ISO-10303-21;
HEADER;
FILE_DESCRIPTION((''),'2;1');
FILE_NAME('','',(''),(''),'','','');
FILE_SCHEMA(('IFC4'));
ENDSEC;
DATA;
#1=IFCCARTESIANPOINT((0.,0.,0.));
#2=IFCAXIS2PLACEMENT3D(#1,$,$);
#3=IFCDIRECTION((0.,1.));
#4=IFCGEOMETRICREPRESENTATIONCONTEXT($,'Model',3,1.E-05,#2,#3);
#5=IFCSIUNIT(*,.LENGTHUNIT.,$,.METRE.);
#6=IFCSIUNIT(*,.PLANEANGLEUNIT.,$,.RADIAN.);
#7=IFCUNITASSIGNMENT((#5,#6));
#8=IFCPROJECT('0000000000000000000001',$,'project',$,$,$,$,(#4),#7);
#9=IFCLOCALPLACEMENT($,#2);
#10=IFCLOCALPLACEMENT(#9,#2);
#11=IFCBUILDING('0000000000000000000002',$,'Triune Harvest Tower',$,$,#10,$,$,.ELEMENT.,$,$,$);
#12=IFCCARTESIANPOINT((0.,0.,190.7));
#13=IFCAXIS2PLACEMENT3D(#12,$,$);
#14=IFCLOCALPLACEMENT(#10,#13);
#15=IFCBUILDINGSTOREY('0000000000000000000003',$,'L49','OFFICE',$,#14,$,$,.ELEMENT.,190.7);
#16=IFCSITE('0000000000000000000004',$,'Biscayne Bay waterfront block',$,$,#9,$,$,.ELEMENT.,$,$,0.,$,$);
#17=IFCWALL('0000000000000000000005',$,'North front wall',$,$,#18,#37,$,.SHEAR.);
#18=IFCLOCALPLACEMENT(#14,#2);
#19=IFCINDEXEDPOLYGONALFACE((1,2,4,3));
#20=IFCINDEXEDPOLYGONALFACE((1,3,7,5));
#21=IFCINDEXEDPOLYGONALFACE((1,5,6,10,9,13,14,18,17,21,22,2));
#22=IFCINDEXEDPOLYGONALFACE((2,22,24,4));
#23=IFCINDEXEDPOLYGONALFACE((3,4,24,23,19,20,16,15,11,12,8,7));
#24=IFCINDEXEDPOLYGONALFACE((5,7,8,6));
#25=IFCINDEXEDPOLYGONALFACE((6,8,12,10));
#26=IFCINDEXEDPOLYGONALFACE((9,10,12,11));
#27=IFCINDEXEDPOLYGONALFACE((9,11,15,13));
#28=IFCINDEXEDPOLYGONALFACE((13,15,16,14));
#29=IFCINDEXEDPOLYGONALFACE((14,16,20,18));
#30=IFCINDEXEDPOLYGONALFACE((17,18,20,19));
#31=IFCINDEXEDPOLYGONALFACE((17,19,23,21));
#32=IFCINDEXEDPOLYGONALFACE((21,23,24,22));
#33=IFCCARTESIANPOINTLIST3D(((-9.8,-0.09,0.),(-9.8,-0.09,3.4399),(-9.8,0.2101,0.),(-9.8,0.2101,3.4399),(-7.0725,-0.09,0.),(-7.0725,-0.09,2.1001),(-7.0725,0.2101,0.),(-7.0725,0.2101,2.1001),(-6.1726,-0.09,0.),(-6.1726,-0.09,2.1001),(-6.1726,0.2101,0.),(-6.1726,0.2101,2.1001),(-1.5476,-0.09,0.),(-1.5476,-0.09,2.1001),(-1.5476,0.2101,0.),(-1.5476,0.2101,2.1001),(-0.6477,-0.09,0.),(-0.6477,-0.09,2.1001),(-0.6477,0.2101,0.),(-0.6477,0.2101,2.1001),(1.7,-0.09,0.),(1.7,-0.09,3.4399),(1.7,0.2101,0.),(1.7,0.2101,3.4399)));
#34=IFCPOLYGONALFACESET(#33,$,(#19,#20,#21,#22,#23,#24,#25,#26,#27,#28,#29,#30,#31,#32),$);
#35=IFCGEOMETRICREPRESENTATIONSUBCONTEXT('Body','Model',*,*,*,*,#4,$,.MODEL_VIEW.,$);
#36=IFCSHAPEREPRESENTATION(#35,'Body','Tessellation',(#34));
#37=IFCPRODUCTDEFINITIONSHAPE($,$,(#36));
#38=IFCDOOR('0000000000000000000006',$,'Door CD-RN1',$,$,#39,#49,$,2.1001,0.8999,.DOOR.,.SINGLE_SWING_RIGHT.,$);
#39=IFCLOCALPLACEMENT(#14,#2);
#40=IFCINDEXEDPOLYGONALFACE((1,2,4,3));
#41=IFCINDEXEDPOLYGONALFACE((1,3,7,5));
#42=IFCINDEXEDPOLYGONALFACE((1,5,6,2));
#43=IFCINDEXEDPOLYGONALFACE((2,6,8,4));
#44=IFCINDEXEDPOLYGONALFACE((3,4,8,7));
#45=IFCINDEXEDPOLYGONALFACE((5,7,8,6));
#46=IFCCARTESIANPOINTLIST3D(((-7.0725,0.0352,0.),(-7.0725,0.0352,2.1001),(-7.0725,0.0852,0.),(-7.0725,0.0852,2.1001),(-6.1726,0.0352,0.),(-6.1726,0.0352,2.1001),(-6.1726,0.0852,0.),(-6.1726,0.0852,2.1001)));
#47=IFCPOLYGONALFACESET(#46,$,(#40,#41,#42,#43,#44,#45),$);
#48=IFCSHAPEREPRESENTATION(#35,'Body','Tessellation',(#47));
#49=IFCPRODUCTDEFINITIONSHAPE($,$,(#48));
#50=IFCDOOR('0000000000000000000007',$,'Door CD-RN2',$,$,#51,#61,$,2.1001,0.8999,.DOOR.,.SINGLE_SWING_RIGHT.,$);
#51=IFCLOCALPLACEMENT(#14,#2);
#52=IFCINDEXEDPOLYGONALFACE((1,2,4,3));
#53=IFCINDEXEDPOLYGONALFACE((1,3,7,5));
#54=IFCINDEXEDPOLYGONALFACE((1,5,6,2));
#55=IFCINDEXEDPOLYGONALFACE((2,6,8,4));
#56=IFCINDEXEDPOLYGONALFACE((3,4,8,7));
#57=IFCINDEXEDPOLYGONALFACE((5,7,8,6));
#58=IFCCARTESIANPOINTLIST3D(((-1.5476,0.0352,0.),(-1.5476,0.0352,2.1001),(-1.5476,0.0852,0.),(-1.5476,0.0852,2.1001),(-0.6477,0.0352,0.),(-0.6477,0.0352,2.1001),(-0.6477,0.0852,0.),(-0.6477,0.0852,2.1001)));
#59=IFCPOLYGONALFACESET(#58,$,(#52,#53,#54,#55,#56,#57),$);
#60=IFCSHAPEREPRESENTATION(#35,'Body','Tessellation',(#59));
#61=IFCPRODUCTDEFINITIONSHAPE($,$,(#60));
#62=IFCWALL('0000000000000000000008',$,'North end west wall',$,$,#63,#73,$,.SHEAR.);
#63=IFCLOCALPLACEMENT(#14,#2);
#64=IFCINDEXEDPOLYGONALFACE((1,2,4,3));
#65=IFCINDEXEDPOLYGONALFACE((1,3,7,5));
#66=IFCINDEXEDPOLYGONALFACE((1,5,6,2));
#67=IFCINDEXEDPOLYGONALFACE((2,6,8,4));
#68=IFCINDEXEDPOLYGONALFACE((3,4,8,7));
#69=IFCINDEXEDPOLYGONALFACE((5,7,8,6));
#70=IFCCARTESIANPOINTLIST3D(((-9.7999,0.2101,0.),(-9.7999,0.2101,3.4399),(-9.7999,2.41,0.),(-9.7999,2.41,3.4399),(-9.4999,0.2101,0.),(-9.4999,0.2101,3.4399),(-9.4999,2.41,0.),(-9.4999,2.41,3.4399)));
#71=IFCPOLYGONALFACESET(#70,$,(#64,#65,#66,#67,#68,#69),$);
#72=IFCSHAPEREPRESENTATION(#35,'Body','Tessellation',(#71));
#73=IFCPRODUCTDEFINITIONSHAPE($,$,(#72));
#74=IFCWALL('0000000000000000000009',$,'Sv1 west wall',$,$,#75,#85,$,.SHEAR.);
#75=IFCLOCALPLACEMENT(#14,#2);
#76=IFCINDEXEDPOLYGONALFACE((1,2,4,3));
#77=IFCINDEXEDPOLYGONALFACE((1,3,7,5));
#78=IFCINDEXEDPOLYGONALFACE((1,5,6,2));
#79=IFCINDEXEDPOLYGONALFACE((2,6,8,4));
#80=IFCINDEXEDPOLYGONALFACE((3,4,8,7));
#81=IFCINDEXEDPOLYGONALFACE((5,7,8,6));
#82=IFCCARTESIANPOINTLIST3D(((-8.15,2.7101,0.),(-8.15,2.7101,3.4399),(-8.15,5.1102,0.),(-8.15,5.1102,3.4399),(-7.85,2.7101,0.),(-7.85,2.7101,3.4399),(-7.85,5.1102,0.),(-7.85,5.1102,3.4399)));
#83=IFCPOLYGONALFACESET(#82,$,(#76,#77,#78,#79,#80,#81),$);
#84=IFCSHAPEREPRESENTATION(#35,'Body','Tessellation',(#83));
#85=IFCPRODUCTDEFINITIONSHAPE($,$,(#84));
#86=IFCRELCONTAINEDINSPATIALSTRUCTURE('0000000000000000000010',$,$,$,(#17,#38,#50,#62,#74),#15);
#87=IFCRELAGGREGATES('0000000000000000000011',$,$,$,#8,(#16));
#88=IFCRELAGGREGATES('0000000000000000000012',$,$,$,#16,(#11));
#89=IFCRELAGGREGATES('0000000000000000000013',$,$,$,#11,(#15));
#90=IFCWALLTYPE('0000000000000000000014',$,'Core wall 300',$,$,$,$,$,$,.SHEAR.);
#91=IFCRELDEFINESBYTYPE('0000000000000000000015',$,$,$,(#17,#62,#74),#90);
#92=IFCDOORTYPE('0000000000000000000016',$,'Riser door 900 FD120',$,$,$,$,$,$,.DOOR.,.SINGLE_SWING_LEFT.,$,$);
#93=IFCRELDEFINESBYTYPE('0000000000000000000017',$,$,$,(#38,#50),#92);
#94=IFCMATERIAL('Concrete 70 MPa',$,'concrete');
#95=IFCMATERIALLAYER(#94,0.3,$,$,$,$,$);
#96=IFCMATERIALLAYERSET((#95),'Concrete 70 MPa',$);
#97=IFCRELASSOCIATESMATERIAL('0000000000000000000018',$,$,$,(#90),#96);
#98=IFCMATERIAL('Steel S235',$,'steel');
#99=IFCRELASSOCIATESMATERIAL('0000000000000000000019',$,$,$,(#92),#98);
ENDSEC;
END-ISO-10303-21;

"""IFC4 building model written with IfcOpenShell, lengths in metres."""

from ifc_helpers import new_model, si_unit, direction, frame, frame_2d, origin, place, context, subcontext, project, spatial, rectangle, extrude, source, transform, mapped, material, layer, layer_set, type_object, element, fill, save


model = new_model("IFC4")

# Units and contexts
model_context = context("Model", 3, precision=1e-05, world=origin(), true_north=direction((0.0, 1.0)))
body_context = subcontext(model_context, "Body", "Model", "MODEL_VIEW")
ifc_project = project(units=[si_unit("LENGTHUNIT", "METRE"), si_unit("PLANEANGLEUNIT", "RADIAN")], contexts=[model_context])

# Site, building, storey
site_placement = place(None, origin())
site = spatial("IfcSite", under=ifc_project, at=site_placement, Name="Biscayne Bay waterfront block", CompositionType="ELEMENT", RefElevation=0.0)
building_placement = place(site_placement, origin())
building = spatial("IfcBuilding", under=site, at=building_placement, Name="Triune Harvest Tower", CompositionType="ELEMENT")
storey_placement = place(building_placement, frame((0.0, 0.0, 190.7)))
storey = spatial("IfcBuildingStorey", under=building, at=storey_placement, Name="L49", Description="OFFICE", CompositionType="ELEMENT", Elevation=190.7)

# Wall, openings, doors
ifc_material_1 = material(Name="Concrete 70 MPa", Category="concrete")
ifc_layer_1 = layer(ifc_material_1, 0.3)
ifc_layer_set_1 = layer_set([ifc_layer_1], Name="Concrete 70 MPa")
wall_type_1 = type_object("IfcWallType", Name="Core wall 300", PredefinedType="SHEAR", material=ifc_layer_set_1)
shared_shape_1 = source(origin(), body_context, "Body", "SweptSolid", [
    extrude(rectangle(XDim=11.5, YDim=0.3, at=frame_2d((5.75, 0.0))), origin(), (0.0, 0.0, 1.0), 3.4399),
])
wall_1_placement = place(storey_placement, frame((-9.8, 0.0601, 0.0), z_axis=(0.0, 0.0, 1.0), x_axis=(1.0, 0.0, 0.0)))
wall_1 = element("IfcWall", 1, at=wall_1_placement, inside=storey, type_object=wall_type_1, Name="North front wall", PredefinedType="SHEAR", context=body_context, shape_type="MappedRepresentation", body=[
    mapped(shared_shape_1, transform((0.0, 0.0, 0.0), scale=1.0)),
])
opening_1_placement = place(wall_1_placement, frame((2.7275, 0.0, 0.0)))
opening_1 = element("IfcOpeningElement", 2, at=opening_1_placement, cuts=wall_1, PredefinedType="OPENING", context=body_context, shape_type="SweptSolid", body=[
    extrude(rectangle(XDim=0.8999, YDim=2.1001, at=frame_2d((0.45, 1.05))), frame((0.0, 0.1602, 0.0), z_axis=(0.0, -1.0, 0.0), x_axis=(1.0, 0.0, 0.0)), (0.0, 0.0, 1.0), 0.3201),
])
opening_2_placement = place(wall_1_placement, frame((8.2524, 0.0, 0.0)))
opening_2 = element("IfcOpeningElement", 3, at=opening_2_placement, cuts=wall_1, PredefinedType="OPENING", context=body_context, shape_type="SweptSolid", body=[
    extrude(rectangle(XDim=0.8999, YDim=2.1001, at=frame_2d((0.45, 1.05))), frame((0.0, 0.1602, 0.0), z_axis=(0.0, -1.0, 0.0), x_axis=(1.0, 0.0, 0.0)), (0.0, 0.0, 1.0), 0.3201),
])
ifc_material_2 = material(Name="Steel S235", Category="steel")
door_type_1 = type_object("IfcDoorType", Name="Riser door 900 FD120", OperationType="SINGLE_SWING_LEFT", PredefinedType="DOOR", material=ifc_material_2)
door_1_placement = place(opening_1_placement, frame((0.8999, 0.0, 0.0), z_axis=(0.0, 0.0, 1.0), x_axis=(-1.0, 0.0, 0.0)))
door_1 = element("IfcDoor", 4, at=door_1_placement, inside=storey, type_object=door_type_1, Name="Door CD-RN1", OperationType="SINGLE_SWING_RIGHT", OverallHeight=2.1001, OverallWidth=0.8999, PredefinedType="DOOR", context=body_context, shape_type="SweptSolid", body=[
    extrude(rectangle(XDim=0.8999, YDim=2.1001, at=frame_2d((0.45, 1.05))), frame((0.0, 0.0249, 0.0), z_axis=(0.0, -1.0, 0.0), x_axis=(1.0, 0.0, 0.0)), (0.0, 0.0, 1.0), 0.05),
])
fill(opening_1, door_1)
door_2_placement = place(opening_2_placement, frame((0.8999, 0.0, 0.0), z_axis=(0.0, 0.0, 1.0), x_axis=(-1.0, 0.0, 0.0)))
door_2 = element("IfcDoor", 5, at=door_2_placement, inside=storey, type_object=door_type_1, Name="Door CD-RN2", OperationType="SINGLE_SWING_RIGHT", OverallHeight=2.1001, OverallWidth=0.8999, PredefinedType="DOOR", context=body_context, shape_type="SweptSolid", body=[
    extrude(rectangle(XDim=0.8999, YDim=2.1001, at=frame_2d((0.45, 1.05))), frame((0.0, 0.0249, 0.0), z_axis=(0.0, -1.0, 0.0), x_axis=(1.0, 0.0, 0.0)), (0.0, 0.0, 1.0), 0.05),
])
fill(opening_2, door_2)

# Walls
shared_shape_2 = source(origin(), body_context, "Body", "SweptSolid", [
    extrude(rectangle(XDim=2.2, YDim=0.3, at=frame_2d((1.1001, 0.0))), origin(), (0.0, 0.0, 1.0), 3.4399),
])
wall_2_placement = place(storey_placement, frame((-9.6499, 0.21, 0.0), z_axis=(0.0, 0.0, 1.0), x_axis=(0.0, 1.0, 0.0)))
element("IfcWall", 6, at=wall_2_placement, inside=storey, type_object=wall_type_1, Name="North end west wall", PredefinedType="SHEAR", context=body_context, shape_type="MappedRepresentation", body=[
    mapped(shared_shape_2, transform((0.0, 0.0, 0.0), scale=1.0)),
])
shared_shape_3 = source(origin(), body_context, "Body", "SweptSolid", [
    extrude(rectangle(XDim=2.4001, YDim=0.3, at=frame_2d((1.2002, 0.0))), origin(), (0.0, 0.0, 1.0), 3.4399),
])
wall_3_placement = place(storey_placement, frame((-8.0, 2.71, 0.0), z_axis=(0.0, 0.0, 1.0), x_axis=(0.0, 1.0, 0.0)))
element("IfcWall", 7, at=wall_3_placement, inside=storey, type_object=wall_type_1, Name="Sv1 west wall", PredefinedType="SHEAR", context=body_context, shape_type="MappedRepresentation", body=[
    mapped(shared_shape_3, transform((0.0, 0.0, 0.0), scale=1.0)),
])

save(model, "model.ifc")
